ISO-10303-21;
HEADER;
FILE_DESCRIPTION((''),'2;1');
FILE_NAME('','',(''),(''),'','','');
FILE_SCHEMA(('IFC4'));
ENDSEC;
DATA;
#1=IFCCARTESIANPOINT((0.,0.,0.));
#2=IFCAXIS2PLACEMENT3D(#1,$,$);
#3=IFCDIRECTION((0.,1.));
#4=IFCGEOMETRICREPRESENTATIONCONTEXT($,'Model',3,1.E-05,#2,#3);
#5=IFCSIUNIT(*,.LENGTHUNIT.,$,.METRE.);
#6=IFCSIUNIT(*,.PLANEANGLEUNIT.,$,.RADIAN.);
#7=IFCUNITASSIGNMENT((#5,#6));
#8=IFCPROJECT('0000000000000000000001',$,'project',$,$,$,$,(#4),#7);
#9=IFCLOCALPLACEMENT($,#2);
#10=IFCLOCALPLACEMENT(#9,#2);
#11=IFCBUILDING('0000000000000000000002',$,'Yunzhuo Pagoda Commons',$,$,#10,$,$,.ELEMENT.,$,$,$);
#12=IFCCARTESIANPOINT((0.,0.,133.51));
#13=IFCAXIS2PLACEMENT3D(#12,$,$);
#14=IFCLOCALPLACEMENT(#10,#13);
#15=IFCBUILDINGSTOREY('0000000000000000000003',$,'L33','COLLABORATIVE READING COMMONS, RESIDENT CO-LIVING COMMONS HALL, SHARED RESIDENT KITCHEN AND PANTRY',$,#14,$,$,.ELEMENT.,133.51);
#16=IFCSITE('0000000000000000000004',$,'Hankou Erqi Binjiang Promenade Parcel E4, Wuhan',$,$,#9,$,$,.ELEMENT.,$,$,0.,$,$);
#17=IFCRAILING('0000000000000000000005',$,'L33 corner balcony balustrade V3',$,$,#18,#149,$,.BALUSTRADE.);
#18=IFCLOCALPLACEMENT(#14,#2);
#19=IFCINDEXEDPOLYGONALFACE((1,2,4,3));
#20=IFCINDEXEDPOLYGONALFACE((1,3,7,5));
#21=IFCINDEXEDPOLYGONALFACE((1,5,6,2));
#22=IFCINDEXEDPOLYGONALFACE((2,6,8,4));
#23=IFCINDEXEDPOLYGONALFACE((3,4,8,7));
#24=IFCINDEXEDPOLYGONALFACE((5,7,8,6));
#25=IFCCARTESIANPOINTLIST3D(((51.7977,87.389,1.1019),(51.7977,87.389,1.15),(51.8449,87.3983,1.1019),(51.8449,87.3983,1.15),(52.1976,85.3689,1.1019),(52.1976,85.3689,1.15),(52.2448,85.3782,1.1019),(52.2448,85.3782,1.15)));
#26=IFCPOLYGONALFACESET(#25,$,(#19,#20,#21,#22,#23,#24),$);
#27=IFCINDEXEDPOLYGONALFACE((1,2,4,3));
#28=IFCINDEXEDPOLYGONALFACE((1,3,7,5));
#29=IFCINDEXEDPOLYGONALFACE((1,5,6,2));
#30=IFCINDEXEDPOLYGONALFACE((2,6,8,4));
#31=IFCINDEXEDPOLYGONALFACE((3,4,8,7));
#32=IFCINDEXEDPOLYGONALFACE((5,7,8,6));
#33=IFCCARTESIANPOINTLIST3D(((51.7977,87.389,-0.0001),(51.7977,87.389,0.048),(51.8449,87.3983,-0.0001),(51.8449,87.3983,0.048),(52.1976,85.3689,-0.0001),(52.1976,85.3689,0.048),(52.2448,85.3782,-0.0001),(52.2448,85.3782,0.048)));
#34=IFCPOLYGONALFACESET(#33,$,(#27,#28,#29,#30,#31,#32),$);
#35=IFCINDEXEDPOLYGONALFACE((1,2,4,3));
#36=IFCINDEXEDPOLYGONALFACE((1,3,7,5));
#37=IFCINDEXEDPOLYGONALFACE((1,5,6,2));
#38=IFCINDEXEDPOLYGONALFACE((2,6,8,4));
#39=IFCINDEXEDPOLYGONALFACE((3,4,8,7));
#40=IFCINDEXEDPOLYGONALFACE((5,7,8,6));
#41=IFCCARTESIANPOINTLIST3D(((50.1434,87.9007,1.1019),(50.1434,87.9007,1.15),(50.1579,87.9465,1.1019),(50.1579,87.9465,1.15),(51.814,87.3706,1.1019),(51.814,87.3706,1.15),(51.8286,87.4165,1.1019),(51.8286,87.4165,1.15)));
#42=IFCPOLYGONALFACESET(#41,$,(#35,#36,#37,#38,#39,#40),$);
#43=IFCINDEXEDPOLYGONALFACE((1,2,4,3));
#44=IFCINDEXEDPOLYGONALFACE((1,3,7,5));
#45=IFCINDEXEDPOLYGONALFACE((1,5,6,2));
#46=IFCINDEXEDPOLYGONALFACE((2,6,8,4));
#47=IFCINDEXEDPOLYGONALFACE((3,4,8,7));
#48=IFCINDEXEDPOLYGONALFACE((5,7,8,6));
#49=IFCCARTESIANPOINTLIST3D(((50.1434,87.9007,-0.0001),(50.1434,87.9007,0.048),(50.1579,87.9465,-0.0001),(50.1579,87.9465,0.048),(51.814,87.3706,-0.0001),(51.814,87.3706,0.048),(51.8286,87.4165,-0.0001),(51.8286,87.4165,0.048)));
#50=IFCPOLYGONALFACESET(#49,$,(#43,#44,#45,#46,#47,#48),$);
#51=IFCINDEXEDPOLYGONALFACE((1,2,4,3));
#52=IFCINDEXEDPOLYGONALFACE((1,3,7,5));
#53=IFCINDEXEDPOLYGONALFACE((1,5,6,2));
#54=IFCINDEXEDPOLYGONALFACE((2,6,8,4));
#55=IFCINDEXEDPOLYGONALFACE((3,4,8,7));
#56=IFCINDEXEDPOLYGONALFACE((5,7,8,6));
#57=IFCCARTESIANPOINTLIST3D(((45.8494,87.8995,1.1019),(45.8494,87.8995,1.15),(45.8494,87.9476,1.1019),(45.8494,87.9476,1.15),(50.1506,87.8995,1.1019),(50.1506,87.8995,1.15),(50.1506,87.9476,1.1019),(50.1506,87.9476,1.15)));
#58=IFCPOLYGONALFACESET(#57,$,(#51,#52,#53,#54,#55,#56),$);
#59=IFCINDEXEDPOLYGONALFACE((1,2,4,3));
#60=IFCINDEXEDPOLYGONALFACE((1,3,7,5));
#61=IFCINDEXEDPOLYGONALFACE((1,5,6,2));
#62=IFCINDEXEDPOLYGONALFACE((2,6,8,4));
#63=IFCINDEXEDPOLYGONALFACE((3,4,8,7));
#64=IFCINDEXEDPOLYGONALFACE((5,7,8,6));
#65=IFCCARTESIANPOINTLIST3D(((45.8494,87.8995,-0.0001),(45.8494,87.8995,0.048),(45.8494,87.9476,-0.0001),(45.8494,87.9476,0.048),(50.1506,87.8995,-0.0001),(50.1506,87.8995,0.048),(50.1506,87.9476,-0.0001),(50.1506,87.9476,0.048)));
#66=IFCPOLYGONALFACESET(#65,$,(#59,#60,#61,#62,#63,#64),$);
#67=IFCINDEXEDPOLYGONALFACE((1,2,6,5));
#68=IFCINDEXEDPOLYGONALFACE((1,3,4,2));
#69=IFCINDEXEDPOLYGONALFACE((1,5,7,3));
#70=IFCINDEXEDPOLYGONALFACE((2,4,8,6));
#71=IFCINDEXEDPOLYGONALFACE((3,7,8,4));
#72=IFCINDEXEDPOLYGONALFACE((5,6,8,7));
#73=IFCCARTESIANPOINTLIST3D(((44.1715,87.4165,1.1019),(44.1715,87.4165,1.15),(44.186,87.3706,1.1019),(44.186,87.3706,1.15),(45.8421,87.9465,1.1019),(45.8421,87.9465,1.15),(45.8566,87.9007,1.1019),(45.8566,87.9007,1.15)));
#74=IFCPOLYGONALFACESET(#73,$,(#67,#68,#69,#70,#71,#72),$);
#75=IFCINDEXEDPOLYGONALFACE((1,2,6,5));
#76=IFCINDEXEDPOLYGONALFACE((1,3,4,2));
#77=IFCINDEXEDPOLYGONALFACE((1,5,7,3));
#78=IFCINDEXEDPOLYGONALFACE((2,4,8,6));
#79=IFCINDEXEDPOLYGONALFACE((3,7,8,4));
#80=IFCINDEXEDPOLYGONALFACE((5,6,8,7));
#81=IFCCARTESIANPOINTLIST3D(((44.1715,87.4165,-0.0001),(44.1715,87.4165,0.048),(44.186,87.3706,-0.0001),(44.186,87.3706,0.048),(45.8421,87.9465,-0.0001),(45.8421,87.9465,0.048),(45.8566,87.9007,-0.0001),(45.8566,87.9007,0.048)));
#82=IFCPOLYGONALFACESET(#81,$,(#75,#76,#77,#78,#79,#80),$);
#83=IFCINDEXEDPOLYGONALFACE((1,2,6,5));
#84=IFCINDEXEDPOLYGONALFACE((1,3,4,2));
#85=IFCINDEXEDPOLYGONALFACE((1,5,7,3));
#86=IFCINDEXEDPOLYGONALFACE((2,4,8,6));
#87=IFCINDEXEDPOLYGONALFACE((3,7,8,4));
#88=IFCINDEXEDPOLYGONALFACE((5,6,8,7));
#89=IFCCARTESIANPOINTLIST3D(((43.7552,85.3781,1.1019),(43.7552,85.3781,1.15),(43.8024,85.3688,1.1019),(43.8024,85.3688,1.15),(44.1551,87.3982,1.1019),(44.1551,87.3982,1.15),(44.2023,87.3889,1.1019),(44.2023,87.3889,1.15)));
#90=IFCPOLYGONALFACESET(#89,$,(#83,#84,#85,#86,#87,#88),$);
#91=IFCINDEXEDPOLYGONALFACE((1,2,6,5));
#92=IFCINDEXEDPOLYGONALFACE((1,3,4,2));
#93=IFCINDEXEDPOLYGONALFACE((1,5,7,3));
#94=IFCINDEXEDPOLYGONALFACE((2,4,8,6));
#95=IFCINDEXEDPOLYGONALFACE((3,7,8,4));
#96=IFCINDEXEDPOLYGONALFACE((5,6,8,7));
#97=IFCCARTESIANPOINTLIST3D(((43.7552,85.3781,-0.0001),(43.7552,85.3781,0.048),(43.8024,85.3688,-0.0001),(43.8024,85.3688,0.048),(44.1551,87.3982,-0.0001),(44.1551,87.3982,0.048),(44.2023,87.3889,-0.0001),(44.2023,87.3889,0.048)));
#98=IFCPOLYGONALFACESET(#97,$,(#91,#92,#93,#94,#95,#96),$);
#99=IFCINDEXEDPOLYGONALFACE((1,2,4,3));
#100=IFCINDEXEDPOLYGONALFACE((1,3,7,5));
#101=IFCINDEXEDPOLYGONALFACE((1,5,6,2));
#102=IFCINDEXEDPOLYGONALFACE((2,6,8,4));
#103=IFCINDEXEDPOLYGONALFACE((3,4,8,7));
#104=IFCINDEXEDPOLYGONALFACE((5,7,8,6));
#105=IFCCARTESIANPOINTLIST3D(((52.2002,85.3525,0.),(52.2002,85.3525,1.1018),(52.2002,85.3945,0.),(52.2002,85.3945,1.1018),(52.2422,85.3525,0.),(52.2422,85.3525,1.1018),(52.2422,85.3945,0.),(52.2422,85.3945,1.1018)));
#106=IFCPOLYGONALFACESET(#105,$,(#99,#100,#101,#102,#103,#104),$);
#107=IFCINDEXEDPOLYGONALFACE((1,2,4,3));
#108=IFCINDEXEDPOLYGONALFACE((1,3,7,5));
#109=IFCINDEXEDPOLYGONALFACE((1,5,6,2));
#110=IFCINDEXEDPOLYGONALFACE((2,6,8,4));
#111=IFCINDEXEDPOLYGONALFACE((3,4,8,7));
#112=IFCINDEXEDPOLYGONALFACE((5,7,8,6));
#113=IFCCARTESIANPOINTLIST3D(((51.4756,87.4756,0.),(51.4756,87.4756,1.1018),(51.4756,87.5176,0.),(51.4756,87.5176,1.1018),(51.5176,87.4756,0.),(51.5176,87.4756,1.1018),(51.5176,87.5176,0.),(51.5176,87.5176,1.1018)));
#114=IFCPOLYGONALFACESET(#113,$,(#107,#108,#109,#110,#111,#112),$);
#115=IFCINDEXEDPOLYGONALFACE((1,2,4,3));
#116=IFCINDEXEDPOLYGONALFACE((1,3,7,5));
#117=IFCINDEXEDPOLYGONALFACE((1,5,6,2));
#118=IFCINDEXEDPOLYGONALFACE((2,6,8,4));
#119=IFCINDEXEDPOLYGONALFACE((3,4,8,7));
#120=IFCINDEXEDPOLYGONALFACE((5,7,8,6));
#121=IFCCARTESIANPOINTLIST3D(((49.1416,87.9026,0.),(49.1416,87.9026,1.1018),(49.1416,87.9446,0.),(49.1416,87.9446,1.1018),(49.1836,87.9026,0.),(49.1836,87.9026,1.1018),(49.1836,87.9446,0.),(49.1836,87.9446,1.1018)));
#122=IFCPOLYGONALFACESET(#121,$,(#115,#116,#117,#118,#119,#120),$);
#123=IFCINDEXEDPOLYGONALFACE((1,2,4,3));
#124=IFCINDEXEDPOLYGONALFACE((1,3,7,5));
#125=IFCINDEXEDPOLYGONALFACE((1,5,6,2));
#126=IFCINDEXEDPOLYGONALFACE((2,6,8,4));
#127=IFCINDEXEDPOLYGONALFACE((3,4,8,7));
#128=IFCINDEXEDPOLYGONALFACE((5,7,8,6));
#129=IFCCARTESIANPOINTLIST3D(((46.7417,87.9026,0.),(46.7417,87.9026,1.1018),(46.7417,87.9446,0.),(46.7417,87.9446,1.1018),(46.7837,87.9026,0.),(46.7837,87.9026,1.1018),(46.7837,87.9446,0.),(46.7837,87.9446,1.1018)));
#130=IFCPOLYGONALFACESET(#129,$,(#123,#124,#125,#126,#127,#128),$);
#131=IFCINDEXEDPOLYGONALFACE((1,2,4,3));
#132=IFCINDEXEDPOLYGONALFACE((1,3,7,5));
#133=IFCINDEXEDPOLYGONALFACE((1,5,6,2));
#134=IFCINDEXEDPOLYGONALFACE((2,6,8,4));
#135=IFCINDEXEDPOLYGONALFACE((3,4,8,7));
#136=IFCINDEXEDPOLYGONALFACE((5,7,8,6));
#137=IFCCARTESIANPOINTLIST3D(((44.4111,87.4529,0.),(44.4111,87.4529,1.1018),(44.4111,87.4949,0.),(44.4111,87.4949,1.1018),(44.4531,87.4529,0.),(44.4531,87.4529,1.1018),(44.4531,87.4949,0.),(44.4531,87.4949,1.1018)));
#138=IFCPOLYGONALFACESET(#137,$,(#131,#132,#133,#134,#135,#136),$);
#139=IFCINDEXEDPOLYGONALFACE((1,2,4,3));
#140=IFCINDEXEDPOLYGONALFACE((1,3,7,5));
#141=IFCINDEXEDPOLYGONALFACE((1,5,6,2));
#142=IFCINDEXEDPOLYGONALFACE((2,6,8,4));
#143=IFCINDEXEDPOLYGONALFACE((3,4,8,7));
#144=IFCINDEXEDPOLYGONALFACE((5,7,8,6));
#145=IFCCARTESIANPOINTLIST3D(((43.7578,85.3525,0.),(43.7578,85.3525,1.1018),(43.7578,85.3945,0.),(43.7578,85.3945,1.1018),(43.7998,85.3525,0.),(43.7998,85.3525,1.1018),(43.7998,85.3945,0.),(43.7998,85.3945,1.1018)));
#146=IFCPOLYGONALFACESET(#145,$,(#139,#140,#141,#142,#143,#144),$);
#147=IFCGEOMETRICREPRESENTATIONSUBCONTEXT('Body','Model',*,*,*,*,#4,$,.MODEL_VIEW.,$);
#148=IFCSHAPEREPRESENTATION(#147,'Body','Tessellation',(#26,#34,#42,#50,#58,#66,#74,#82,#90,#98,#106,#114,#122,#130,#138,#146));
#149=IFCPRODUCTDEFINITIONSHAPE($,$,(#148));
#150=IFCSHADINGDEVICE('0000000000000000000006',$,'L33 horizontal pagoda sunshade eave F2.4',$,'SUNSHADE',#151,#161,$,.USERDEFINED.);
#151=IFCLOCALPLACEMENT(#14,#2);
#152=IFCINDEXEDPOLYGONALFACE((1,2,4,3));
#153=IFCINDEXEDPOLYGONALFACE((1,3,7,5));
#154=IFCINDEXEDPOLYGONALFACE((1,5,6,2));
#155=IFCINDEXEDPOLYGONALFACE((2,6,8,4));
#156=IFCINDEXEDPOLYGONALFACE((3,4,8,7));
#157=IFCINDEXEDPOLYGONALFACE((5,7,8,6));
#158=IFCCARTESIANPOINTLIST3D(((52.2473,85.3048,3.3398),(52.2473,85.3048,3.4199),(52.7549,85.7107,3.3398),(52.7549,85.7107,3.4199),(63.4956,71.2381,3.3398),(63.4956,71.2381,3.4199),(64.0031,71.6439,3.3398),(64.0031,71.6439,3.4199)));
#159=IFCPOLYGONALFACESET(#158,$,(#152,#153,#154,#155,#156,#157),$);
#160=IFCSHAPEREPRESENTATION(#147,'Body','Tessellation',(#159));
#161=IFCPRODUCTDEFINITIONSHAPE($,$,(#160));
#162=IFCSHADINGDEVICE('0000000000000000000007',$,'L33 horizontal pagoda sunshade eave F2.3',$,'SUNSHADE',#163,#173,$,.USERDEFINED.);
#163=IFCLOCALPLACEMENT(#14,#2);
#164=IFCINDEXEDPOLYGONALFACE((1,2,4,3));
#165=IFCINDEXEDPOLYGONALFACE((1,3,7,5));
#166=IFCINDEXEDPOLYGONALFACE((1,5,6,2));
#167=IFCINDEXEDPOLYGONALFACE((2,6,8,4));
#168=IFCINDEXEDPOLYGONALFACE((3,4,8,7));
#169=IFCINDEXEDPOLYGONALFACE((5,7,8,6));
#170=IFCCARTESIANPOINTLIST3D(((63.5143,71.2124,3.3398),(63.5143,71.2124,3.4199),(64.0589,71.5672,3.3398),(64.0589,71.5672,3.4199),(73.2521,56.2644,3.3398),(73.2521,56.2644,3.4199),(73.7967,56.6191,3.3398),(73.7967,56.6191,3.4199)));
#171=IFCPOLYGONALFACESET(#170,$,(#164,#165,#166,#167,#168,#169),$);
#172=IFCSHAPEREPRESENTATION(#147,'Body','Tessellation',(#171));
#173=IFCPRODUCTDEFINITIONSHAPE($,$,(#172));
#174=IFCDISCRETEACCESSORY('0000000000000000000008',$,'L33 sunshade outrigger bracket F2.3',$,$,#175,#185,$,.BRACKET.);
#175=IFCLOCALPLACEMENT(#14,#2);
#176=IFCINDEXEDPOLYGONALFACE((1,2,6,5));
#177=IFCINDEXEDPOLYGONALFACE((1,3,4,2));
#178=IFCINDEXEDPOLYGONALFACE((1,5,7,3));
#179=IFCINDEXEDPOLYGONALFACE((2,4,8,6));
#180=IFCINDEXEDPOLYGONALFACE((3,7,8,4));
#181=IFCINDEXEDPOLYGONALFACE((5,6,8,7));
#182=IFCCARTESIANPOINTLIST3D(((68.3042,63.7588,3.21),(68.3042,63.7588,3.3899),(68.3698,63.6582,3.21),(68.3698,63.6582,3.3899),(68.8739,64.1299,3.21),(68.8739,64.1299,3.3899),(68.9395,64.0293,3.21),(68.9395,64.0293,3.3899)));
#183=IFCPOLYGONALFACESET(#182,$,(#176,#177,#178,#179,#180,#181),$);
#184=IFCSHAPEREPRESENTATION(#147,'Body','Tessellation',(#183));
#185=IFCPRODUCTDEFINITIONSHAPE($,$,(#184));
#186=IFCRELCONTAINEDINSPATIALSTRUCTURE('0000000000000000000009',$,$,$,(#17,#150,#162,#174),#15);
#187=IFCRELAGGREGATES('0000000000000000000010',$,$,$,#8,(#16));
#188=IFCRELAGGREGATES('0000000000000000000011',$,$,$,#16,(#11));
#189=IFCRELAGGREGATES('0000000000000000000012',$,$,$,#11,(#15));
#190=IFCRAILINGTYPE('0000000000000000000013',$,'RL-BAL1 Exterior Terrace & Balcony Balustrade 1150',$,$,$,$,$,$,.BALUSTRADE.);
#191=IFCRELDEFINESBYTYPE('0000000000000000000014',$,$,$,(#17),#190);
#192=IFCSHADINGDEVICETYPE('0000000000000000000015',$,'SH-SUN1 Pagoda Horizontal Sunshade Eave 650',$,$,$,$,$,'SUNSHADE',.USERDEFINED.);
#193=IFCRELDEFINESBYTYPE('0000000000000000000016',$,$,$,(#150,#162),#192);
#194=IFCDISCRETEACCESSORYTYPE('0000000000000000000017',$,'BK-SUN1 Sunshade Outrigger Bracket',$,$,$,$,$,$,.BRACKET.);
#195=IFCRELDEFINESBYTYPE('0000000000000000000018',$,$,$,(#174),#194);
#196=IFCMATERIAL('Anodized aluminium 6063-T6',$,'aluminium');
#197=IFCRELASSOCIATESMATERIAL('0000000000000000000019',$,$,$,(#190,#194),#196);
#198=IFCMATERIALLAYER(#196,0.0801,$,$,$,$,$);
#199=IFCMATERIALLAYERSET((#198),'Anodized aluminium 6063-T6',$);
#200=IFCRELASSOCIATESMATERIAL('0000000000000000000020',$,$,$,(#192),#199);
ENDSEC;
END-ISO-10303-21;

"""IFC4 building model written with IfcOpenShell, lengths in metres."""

from ifc_helpers import new_model, si_unit, direction, frame, origin, origin_2d, place, context, subcontext, project, spatial, rectangle, extrude, source, transform, mapped, material, layer, layer_set, type_object, element, save


model = new_model("IFC4")

# Units and contexts
model_context = context("Model", 3, precision=1e-05, world=origin(), true_north=direction((0.0, 1.0)))
body_context = subcontext(model_context, "Body", "Model", "MODEL_VIEW")
ifc_project = project(units=[si_unit("LENGTHUNIT", "METRE"), si_unit("PLANEANGLEUNIT", "RADIAN")], contexts=[model_context])

# Site, building, storey
site_placement = place(None, origin())
site = spatial("IfcSite", under=ifc_project, at=site_placement, Name="Hankou Erqi Binjiang Promenade Parcel E4, Wuhan", CompositionType="ELEMENT", RefElevation=0.0)
building_placement = place(site_placement, origin())
building = spatial("IfcBuilding", under=site, at=building_placement, Name="Yunzhuo Pagoda Commons", CompositionType="ELEMENT")
storey_placement = place(building_placement, frame((0.0, 0.0, 133.51)))
storey = spatial("IfcBuildingStorey", under=building, at=storey_placement, Name="L33", Description="COLLABORATIVE READING COMMONS, RESIDENT CO-LIVING COMMONS HALL, SHARED RESIDENT KITCHEN AND PANTRY", CompositionType="ELEMENT", Elevation=133.51)

# Shared definitions
ifc_material_1 = material(Name="Anodized aluminium 6063-T6", Category="aluminium")

# Railing
railing_type_1 = type_object("IfcRailingType", Name="RL-BAL1 Exterior Terrace & Balcony Balustrade 1150", PredefinedType="BALUSTRADE", material=ifc_material_1)
railing_1_placement = place(storey_placement, frame((52.2212, 85.3735, 0.0)))
element("IfcRailing", 1, at=railing_1_placement, inside=storey, type_object=railing_type_1, Name="L33 corner balcony balustrade V3", PredefinedType="BALUSTRADE", context=body_context, shape_type="SweptSolid", body=[
    extrude(rectangle(XDim=0.0481, YDim=0.0481, at=origin_2d()), frame((0.0, 0.0, 1.126), z_axis=(-0.194201, 0.980962, 0.0), x_axis=(-0.980962, -0.194201, 0.0)), (0.0, 0.0, 1.0), 2.0593),
    extrude(rectangle(XDim=0.0481, YDim=0.0481, at=origin_2d()), frame((0.0, 0.0, 0.0239), z_axis=(-0.194201, 0.980962, 0.0), x_axis=(-0.980962, -0.194201, 0.0)), (0.0, 0.0, 1.0), 2.0593),
    extrude(rectangle(XDim=0.0481, YDim=0.0481, at=origin_2d()), frame((-0.3999, 2.02, 1.126), z_axis=(-0.95318, 0.302404, 0.0), x_axis=(-0.302404, -0.95318, 0.0)), (0.0, 0.0, 1.0), 1.7527),
    extrude(rectangle(XDim=0.0481, YDim=0.0481, at=origin_2d()), frame((-0.3999, 2.02, 0.0239), z_axis=(-0.95318, 0.302404, 0.0), x_axis=(-0.302404, -0.95318, 0.0)), (0.0, 0.0, 1.0), 1.7527),
    extrude(rectangle(XDim=0.0481, YDim=0.0481, at=origin_2d()), frame((-2.0706, 2.55, 1.126), z_axis=(-1.0, 0.0, 0.0), x_axis=(0.0, -1.0, 0.0)), (0.0, 0.0, 1.0), 4.3013),
    extrude(rectangle(XDim=0.0481, YDim=0.0481, at=origin_2d()), frame((-2.0706, 2.55, 0.0239), z_axis=(-1.0, 0.0, 0.0), x_axis=(0.0, -1.0, 0.0)), (0.0, 0.0, 1.0), 4.3013),
    extrude(rectangle(XDim=0.0481, YDim=0.0481, at=origin_2d()), frame((-6.3718, 2.55, 1.126), z_axis=(-0.95318, -0.302404, 0.0), x_axis=(0.302404, -0.95318, 0.0)), (0.0, 0.0, 1.0), 1.7527),
    extrude(rectangle(XDim=0.0481, YDim=0.0481, at=origin_2d()), frame((-6.3718, 2.55, 0.0239), z_axis=(-0.95318, -0.302404, 0.0), x_axis=(0.302404, -0.95318, 0.0)), (0.0, 0.0, 1.0), 1.7527),
    extrude(rectangle(XDim=0.0481, YDim=0.0481, at=origin_2d()), frame((-8.0425, 2.02, 1.126), z_axis=(-0.194201, -0.980962, 0.0), x_axis=(0.980962, -0.194201, 0.0)), (0.0, 0.0, 1.0), 2.0593),
    extrude(rectangle(XDim=0.0481, YDim=0.0481, at=origin_2d()), frame((-8.0425, 2.02, 0.0239), z_axis=(-0.194201, -0.980962, 0.0), x_axis=(0.980962, -0.194201, 0.0)), (0.0, 0.0, 1.0), 2.0593),
    extrude(rectangle(XDim=0.042, YDim=0.042, at=origin_2d()), origin(), (0.0, 0.0, 1.0), 1.1018),
    extrude(rectangle(XDim=0.042, YDim=0.042, at=origin_2d()), frame((-0.7246, 2.123, 0.0)), (0.0, 0.0, 1.0), 1.1018),
    extrude(rectangle(XDim=0.042, YDim=0.042, at=origin_2d()), frame((-3.0586, 2.55, 0.0)), (0.0, 0.0, 1.0), 1.1018),
    extrude(rectangle(XDim=0.042, YDim=0.042, at=origin_2d()), frame((-5.4585, 2.55, 0.0)), (0.0, 0.0, 1.0), 1.1018),
    extrude(rectangle(XDim=0.042, YDim=0.042, at=origin_2d()), frame((-7.7891, 2.1003, 0.0)), (0.0, 0.0, 1.0), 1.1018),
    extrude(rectangle(XDim=0.042, YDim=0.042, at=origin_2d()), frame((-8.4424, 0.0, 0.0)), (0.0, 0.0, 1.0), 1.1018),
])

# Shading devices
ifc_layer_1 = layer(ifc_material_1, 0.0801)
ifc_layer_set_1 = layer_set([ifc_layer_1], Name="Anodized aluminium 6063-T6")
shading_device_type = type_object("IfcShadingDeviceType", Name="SH-SUN1 Pagoda Horizontal Sunshade Eave 650", ElementType="SUNSHADE", PredefinedType="USERDEFINED", material=ifc_layer_set_1)
shared_shape_1 = source(origin(), body_context, "Body", "SweptSolid", [
    extrude(rectangle(XDim=18.011, YDim=0.6499, at=origin_2d()), origin(), (0.0, 0.0, 1.0), 0.0801),
])
shading_device_1_placement = place(storey_placement, frame((58.1252, 78.4744, 3.3398), z_axis=(0.0, 0.0, 1.0), x_axis=(-0.62452, 0.781008, 0.0)))
element("IfcShadingDevice", 2, at=shading_device_1_placement, inside=storey, type_object=shading_device_type, Name="L33 horizontal pagoda sunshade eave F2.4", ObjectType="SUNSHADE", PredefinedType="USERDEFINED", context=body_context, shape_type="MappedRepresentation", body=[
    mapped(shared_shape_1, transform((0.0, 0.0, 0.0), scale=1.0)),
])
shared_shape_2 = source(origin(), body_context, "Body", "SweptSolid", [
    extrude(rectangle(XDim=17.8401, YDim=0.6499, at=origin_2d()), origin(), (0.0, 0.0, 1.0), 0.0801),
])
shading_device_2_placement = place(storey_placement, frame((68.6555, 63.9158, 3.3398), z_axis=(0.0, 0.0, 1.0), x_axis=(-0.545839, 0.83789, 0.0)))
element("IfcShadingDevice", 3, at=shading_device_2_placement, inside=storey, type_object=shading_device_type, Name="L33 horizontal pagoda sunshade eave F2.3", ObjectType="SUNSHADE", PredefinedType="USERDEFINED", context=body_context, shape_type="MappedRepresentation", body=[
    mapped(shared_shape_2, transform((0.0, 0.0, 0.0), scale=1.0)),
])

# Discrete accessory
discrete_accessory_type = type_object("IfcDiscreteAccessoryType", Name="BK-SUN1 Sunshade Outrigger Bracket", PredefinedType="BRACKET", material=ifc_material_1)
shared_shape_3 = source(origin(), body_context, "Body", "SweptSolid", [
    extrude(rectangle(XDim=0.1201, YDim=0.6799, at=origin_2d()), origin(), (0.0, 0.0, 1.0), 0.1799),
])
discrete_accessory_placement = place(storey_placement, frame((68.6218, 63.894, 3.21), z_axis=(0.0, 0.0, 1.0), x_axis=(-0.545839, 0.83789, 0.0)))
element("IfcDiscreteAccessory", 4, at=discrete_accessory_placement, inside=storey, type_object=discrete_accessory_type, Name="L33 sunshade outrigger bracket F2.3", PredefinedType="BRACKET", context=body_context, shape_type="MappedRepresentation", body=[
    mapped(shared_shape_3, transform((0.0, 0.0, 0.0), scale=1.0)),
])

save(model, "model.ifc")
